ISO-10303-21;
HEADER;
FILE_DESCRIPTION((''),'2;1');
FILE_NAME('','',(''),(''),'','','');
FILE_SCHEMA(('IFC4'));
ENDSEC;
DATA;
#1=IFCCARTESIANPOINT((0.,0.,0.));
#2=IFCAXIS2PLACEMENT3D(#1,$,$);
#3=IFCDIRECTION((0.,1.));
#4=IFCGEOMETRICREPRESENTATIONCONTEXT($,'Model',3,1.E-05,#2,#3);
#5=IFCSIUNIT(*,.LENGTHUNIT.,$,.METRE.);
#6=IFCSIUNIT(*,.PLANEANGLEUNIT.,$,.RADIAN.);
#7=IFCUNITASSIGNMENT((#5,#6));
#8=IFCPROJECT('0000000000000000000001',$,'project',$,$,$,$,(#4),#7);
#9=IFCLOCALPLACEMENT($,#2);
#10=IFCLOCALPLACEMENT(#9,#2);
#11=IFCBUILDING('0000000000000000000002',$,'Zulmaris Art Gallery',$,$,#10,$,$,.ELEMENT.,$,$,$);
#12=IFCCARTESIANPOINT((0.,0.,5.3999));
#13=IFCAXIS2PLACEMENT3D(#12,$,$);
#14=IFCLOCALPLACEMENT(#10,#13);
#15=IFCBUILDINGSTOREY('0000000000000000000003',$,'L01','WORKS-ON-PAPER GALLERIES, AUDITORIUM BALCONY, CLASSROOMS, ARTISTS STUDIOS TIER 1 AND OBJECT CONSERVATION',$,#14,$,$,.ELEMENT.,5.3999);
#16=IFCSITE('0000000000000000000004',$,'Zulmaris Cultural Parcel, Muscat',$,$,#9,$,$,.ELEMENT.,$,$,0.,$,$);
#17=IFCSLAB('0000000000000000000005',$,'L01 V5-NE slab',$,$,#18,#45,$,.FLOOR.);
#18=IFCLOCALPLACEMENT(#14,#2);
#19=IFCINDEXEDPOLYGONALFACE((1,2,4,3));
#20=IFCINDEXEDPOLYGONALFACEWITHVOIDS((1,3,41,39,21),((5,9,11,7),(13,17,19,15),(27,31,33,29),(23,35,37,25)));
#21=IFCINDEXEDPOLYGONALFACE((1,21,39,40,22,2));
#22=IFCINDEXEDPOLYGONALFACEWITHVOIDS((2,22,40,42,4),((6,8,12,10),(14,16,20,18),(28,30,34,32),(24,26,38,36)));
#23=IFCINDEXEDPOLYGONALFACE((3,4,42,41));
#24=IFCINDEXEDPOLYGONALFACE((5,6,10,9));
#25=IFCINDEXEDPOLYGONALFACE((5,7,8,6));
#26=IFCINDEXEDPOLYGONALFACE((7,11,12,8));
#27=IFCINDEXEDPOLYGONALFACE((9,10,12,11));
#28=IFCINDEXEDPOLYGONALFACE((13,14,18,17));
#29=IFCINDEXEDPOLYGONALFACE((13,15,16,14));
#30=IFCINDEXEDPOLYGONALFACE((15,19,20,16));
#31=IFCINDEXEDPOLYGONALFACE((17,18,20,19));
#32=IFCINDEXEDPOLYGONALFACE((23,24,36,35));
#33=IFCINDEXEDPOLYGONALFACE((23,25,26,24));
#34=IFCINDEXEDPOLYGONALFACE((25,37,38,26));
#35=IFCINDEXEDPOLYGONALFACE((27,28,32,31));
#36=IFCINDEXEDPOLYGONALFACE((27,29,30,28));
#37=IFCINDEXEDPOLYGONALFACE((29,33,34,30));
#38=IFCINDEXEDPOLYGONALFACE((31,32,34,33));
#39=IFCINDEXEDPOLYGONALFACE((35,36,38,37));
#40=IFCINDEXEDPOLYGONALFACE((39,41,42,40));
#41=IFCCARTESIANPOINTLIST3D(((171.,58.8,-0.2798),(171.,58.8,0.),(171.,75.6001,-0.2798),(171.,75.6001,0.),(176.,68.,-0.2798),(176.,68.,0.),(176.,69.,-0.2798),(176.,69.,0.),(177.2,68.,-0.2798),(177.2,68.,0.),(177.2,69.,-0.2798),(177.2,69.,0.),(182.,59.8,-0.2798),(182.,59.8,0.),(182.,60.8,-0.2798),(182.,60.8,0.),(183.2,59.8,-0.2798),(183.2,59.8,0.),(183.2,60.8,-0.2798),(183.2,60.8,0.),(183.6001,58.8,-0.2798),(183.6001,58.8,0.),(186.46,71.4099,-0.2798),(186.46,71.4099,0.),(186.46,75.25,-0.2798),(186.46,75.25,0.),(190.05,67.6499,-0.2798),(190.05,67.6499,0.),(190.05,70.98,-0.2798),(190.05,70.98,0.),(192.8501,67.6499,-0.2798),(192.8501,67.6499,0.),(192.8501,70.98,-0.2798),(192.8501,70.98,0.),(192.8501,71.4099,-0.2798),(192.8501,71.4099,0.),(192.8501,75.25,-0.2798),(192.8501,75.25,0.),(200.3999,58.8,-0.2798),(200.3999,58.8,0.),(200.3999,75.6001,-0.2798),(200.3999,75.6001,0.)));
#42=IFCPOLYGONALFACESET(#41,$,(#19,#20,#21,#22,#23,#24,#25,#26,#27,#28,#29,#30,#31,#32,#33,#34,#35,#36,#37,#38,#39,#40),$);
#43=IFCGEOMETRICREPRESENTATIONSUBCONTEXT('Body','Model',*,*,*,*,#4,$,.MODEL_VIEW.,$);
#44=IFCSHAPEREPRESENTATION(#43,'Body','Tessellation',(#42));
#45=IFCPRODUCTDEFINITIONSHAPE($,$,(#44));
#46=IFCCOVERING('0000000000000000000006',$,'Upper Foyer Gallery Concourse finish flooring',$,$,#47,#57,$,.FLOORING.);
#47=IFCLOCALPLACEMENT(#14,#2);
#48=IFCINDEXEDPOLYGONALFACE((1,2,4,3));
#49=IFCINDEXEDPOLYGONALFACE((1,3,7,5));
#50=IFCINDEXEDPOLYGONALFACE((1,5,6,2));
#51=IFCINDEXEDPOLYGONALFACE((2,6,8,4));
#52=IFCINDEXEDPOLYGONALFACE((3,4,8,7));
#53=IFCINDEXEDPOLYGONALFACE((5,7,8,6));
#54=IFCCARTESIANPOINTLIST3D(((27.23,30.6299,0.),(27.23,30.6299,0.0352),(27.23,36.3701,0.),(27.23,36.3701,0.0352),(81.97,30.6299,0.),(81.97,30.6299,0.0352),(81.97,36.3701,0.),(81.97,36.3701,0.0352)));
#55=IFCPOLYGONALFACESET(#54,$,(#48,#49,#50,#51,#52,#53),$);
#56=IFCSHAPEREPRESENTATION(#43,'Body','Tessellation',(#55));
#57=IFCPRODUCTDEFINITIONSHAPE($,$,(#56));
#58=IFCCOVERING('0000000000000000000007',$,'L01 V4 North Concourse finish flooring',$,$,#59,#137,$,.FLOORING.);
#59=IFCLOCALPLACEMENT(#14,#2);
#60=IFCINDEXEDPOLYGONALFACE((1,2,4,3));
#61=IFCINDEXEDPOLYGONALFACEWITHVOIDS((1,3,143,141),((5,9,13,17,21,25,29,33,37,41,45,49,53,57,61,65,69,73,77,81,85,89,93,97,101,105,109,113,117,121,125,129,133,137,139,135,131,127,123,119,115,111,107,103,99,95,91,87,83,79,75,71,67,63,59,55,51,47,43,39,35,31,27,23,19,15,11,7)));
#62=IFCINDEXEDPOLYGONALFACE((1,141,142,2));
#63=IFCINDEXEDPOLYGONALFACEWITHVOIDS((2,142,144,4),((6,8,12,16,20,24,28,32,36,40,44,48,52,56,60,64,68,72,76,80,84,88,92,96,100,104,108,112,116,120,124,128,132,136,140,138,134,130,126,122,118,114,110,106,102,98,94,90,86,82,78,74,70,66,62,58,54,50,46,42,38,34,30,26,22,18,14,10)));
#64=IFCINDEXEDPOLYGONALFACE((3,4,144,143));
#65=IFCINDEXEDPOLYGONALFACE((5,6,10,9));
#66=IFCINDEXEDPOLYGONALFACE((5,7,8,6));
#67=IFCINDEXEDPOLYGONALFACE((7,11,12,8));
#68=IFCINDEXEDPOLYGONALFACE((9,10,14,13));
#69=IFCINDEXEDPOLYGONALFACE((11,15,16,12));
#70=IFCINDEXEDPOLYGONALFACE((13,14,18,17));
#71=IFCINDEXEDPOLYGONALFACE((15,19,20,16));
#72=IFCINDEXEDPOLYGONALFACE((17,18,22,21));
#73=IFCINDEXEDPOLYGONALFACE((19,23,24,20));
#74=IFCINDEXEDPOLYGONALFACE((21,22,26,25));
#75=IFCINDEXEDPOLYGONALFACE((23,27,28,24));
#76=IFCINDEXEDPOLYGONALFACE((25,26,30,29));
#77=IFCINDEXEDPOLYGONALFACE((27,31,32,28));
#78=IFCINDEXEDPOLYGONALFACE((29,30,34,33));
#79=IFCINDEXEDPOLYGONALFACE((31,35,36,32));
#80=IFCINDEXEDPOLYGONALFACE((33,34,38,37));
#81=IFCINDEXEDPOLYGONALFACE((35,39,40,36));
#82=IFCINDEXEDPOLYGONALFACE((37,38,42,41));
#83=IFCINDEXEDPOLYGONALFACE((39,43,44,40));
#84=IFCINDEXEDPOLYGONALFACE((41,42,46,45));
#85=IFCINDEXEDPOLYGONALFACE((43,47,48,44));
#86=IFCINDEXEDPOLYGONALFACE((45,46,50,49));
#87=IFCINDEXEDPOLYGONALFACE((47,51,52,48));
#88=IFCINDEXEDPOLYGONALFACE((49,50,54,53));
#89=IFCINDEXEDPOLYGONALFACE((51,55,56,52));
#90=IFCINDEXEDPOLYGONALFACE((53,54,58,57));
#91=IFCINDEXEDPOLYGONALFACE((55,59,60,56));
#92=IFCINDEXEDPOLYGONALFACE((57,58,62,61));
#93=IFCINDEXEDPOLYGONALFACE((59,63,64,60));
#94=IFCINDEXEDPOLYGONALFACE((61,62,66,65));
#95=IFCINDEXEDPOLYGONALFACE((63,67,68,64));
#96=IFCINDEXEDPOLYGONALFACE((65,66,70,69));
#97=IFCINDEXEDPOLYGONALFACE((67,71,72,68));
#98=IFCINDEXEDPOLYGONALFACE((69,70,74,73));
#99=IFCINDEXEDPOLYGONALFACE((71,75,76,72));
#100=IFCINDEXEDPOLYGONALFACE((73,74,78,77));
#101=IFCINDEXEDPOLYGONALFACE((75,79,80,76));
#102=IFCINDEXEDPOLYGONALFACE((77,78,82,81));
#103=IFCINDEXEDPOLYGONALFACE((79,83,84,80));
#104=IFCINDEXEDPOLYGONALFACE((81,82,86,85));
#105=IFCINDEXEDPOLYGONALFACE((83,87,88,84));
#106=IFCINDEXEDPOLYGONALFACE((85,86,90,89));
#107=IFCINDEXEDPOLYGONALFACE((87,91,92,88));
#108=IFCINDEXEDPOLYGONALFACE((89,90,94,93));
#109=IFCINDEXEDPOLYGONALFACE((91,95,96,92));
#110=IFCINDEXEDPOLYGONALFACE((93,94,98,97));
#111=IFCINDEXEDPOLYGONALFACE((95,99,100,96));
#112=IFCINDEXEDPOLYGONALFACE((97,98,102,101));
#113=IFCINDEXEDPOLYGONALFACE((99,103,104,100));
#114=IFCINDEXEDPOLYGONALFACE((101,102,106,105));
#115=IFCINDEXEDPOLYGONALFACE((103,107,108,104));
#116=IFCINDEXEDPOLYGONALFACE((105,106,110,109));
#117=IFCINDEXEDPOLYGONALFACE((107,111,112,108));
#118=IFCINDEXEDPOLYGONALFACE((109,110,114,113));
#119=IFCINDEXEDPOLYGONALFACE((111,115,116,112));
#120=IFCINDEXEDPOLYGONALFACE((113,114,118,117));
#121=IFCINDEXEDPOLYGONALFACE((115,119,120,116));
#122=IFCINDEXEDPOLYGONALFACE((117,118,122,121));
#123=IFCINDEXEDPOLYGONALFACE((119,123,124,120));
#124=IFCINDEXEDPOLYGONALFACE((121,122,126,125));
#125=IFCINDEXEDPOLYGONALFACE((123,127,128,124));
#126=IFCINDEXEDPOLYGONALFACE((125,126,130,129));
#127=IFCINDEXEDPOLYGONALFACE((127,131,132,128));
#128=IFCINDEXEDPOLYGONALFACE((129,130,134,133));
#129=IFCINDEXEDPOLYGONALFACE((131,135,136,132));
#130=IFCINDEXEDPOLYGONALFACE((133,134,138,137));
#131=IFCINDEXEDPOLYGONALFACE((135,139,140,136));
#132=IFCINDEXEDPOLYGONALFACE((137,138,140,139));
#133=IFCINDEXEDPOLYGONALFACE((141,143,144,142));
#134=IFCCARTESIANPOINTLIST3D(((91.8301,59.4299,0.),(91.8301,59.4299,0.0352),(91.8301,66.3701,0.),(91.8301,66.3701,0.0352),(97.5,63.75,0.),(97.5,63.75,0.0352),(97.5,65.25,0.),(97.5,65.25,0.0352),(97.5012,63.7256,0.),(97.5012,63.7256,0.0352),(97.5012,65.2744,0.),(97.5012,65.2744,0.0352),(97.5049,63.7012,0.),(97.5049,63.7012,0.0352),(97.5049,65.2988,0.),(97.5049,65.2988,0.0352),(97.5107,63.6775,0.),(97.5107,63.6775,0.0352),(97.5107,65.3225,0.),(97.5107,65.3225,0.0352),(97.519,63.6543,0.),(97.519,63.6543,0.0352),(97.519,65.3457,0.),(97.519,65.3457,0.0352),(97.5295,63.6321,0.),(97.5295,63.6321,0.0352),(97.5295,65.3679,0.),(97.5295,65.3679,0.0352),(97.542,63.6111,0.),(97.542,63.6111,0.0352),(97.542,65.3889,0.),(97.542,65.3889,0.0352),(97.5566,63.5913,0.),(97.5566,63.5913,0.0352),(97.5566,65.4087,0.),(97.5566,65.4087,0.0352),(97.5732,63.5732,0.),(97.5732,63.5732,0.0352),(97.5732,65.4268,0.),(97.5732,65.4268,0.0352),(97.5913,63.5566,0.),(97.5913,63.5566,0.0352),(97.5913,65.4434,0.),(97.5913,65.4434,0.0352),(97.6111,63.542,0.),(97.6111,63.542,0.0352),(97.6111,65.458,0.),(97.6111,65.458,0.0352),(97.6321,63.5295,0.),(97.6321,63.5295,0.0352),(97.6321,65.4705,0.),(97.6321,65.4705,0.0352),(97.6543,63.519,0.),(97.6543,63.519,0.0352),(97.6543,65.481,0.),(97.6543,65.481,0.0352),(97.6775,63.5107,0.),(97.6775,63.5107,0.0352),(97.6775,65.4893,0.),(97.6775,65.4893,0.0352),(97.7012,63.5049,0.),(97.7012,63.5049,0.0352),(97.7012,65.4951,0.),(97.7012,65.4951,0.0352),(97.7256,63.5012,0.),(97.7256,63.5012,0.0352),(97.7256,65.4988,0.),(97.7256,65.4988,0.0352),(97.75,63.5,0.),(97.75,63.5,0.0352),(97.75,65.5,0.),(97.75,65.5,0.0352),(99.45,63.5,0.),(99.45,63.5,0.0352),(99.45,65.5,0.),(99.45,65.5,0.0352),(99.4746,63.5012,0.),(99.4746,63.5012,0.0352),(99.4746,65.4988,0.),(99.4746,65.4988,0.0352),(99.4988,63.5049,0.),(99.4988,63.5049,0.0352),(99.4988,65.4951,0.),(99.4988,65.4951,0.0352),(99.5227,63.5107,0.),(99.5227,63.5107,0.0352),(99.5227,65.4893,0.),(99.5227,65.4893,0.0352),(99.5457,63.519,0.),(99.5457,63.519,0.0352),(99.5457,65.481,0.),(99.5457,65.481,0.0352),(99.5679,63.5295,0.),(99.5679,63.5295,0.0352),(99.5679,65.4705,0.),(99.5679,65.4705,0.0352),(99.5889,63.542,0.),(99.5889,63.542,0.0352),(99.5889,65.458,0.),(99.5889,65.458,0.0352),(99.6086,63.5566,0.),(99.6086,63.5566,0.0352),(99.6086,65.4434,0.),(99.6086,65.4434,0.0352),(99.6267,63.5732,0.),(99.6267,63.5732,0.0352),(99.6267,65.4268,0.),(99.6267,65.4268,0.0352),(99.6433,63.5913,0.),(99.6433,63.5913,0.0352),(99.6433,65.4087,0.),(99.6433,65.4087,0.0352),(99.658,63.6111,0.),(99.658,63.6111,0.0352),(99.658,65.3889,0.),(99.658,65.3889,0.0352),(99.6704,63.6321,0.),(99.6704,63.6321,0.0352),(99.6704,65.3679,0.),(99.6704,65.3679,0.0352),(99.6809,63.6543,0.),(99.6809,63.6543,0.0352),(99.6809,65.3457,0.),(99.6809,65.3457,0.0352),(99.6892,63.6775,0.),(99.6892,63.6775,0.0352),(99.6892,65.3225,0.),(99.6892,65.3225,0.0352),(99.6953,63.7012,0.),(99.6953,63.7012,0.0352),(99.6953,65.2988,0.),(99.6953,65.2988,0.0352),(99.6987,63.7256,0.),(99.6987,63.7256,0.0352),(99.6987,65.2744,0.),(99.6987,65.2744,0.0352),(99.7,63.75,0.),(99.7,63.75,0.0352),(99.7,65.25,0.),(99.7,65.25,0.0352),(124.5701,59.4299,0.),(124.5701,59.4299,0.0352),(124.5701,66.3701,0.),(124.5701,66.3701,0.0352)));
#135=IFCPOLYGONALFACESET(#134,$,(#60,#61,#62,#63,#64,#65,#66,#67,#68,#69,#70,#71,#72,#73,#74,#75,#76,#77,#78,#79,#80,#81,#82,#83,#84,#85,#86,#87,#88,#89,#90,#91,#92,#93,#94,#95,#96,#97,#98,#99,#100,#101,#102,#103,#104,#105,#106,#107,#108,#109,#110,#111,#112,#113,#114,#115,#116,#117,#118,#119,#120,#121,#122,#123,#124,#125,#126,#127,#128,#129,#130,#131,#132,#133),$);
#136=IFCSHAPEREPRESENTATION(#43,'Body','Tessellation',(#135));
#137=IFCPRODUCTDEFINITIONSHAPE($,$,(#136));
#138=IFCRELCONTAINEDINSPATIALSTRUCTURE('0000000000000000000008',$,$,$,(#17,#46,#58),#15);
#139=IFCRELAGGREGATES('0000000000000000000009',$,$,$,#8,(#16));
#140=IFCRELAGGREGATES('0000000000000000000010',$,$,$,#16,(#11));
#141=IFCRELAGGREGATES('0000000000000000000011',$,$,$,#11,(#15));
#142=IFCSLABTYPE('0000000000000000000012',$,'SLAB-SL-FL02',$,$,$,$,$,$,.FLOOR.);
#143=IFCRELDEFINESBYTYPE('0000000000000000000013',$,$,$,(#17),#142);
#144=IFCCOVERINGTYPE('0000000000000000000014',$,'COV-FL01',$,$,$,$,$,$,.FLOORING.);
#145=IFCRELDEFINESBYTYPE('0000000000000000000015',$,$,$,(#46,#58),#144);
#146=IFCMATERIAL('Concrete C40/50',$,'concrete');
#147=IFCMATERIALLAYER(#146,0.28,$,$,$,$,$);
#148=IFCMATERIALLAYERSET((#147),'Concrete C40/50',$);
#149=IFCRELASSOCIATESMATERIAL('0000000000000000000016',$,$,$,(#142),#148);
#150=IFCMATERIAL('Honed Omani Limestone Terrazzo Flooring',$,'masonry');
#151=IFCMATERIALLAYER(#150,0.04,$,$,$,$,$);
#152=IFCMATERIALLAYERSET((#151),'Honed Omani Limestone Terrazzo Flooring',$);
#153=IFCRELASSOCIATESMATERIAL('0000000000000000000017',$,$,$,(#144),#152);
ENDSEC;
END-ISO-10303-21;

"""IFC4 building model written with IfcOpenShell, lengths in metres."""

from ifc_helpers import new_model, si_unit, direction, frame, origin, place, context, subcontext, project, spatial, polyline, outline, extrude, material, layer, layer_set, type_object, element, save


model = new_model("IFC4")

# Units and contexts
model_context = context("Model", 3, precision=1e-05, world=origin(), true_north=direction((0.0, 1.0)))
body_context = subcontext(model_context, "Body", "Model", "MODEL_VIEW")
ifc_project = project(units=[si_unit("LENGTHUNIT", "METRE"), si_unit("PLANEANGLEUNIT", "RADIAN")], contexts=[model_context])

# Site, building, storey
site_placement = place(None, origin())
site = spatial("IfcSite", under=ifc_project, at=site_placement, Name="Zulmaris Cultural Parcel, Muscat", CompositionType="ELEMENT", RefElevation=0.0)
building_placement = place(site_placement, origin())
building = spatial("IfcBuilding", under=site, at=building_placement, Name="Zulmaris Art Gallery", CompositionType="ELEMENT")
storey_placement = place(building_placement, frame((0.0, 0.0, 5.3999)))
storey = spatial("IfcBuildingStorey", under=building, at=storey_placement, Name="L01", Description="WORKS-ON-PAPER GALLERIES, AUDITORIUM BALCONY, CLASSROOMS, ARTISTS STUDIOS TIER 1 AND OBJECT CONSERVATION", CompositionType="ELEMENT", Elevation=5.3999)

# Slab
ifc_material_1 = material(Name="Concrete C40/50", Category="concrete")
ifc_layer_1 = layer(ifc_material_1, 0.28)
ifc_layer_set_1 = layer_set([ifc_layer_1], Name="Concrete C40/50")
slab_type = type_object("IfcSlabType", Name="SLAB-SL-FL02", PredefinedType="FLOOR", material=ifc_layer_set_1)
slab_1_placement = place(storey_placement, frame((0.0, 0.0, -0.2798)))
element("IfcSlab", 1, at=slab_1_placement, inside=storey, type_object=slab_type, Name="L01 V5-NE slab", PredefinedType="FLOOR", context=body_context, shape_type="SweptSolid", body=[
    extrude(outline(polyline([(200.3999, 58.8), (183.6001, 58.8), (171.0, 58.8), (171.0, 75.6001), (200.3999, 75.6001), (200.3999, 58.8)]), holes=[polyline([(183.2, 59.8), (183.2, 60.8), (182.0, 60.8), (182.0, 59.8), (183.2, 59.8)]), polyline([(177.2, 68.0), (177.2, 69.0), (176.0, 69.0), (176.0, 68.0), (177.2, 68.0)]), polyline([(192.8501, 67.6499), (192.8501, 70.98), (190.05, 70.98), (190.05, 67.6499), (192.8501, 67.6499)]), polyline([(186.46, 75.25), (186.46, 71.4099), (192.8501, 71.4099), (192.8501, 75.25), (186.46, 75.25)])]), origin(), (0.0, 0.0, 1.0), 0.2798),
])

# Coverings
ifc_material_2 = material(Name="Honed Omani Limestone Terrazzo Flooring", Category="masonry")
ifc_layer_2 = layer(ifc_material_2, 0.04)
ifc_layer_set_2 = layer_set([ifc_layer_2], Name="Honed Omani Limestone Terrazzo Flooring")
covering_type_1 = type_object("IfcCoveringType", Name="COV-FL01", PredefinedType="FLOORING", material=ifc_layer_set_2)
covering_1_placement = place(storey_placement, origin())
element("IfcCovering", 2, at=covering_1_placement, inside=storey, type_object=covering_type_1, Name="Upper Foyer Gallery Concourse finish flooring", PredefinedType="FLOORING", context=body_context, shape_type="SweptSolid", body=[
    extrude(outline(polyline([(81.97, 30.6299), (27.23, 30.6299), (27.23, 36.3701), (81.97, 36.3701), (81.97, 30.6299)])), origin(), (0.0, 0.0, 1.0), 0.0352),
])
covering_2_placement = place(storey_placement, origin())
element("IfcCovering", 3, at=covering_2_placement, inside=storey, type_object=covering_type_1, Name="L01 V4 North Concourse finish flooring", PredefinedType="FLOORING", context=body_context, shape_type="SweptSolid", body=[
    extrude(outline(polyline([(124.5701, 59.4299), (91.8301, 59.4299), (91.8301, 66.3701), (124.5701, 66.3701), (124.5701, 59.4299)]), holes=[polyline([(97.7256, 65.4988), (97.7012, 65.4951), (97.6775, 65.4893), (97.6543, 65.481), (97.6321, 65.4705), (97.6111, 65.458), (97.5913, 65.4434), (97.5732, 65.4268), (97.5566, 65.4087), (97.542, 65.3889), (97.5295, 65.3679), (97.519, 65.3457), (97.5107, 65.3225), (97.5049, 65.2988), (97.5012, 65.2744), (97.5, 65.25), (97.5, 63.75), (97.5012, 63.7256), (97.5049, 63.7012), (97.5107, 63.6775), (97.519, 63.6543), (97.5295, 63.6321), (97.542, 63.6111), (97.5566, 63.5913), (97.5732, 63.5732), (97.5913, 63.5566), (97.6111, 63.542), (97.6321, 63.5295), (97.6543, 63.519), (97.6775, 63.5107), (97.7012, 63.5049), (97.7256, 63.5012), (97.75, 63.5), (99.45, 63.5), (99.4746, 63.5012), (99.4988, 63.5049), (99.5227, 63.5107), (99.5457, 63.519), (99.5679, 63.5295), (99.5889, 63.542), (99.6086, 63.5566), (99.6267, 63.5732), (99.6433, 63.5913), (99.658, 63.6111), (99.6704, 63.6321), (99.6809, 63.6543), (99.6892, 63.6775), (99.6953, 63.7012), (99.6987, 63.7256), (99.7, 63.75), (99.7, 65.25), (99.6987, 65.2744), (99.6953, 65.2988), (99.6892, 65.3225), (99.6809, 65.3457), (99.6704, 65.3679), (99.658, 65.3889), (99.6433, 65.4087), (99.6267, 65.4268), (99.6086, 65.4434), (99.5889, 65.458), (99.5679, 65.4705), (99.5457, 65.481), (99.5227, 65.4893), (99.4988, 65.4951), (99.4746, 65.4988), (99.45, 65.5), (97.75, 65.5), (97.7256, 65.4988)])]), origin(), (0.0, 0.0, 1.0), 0.0352),
])

save(model, "model.ifc")
